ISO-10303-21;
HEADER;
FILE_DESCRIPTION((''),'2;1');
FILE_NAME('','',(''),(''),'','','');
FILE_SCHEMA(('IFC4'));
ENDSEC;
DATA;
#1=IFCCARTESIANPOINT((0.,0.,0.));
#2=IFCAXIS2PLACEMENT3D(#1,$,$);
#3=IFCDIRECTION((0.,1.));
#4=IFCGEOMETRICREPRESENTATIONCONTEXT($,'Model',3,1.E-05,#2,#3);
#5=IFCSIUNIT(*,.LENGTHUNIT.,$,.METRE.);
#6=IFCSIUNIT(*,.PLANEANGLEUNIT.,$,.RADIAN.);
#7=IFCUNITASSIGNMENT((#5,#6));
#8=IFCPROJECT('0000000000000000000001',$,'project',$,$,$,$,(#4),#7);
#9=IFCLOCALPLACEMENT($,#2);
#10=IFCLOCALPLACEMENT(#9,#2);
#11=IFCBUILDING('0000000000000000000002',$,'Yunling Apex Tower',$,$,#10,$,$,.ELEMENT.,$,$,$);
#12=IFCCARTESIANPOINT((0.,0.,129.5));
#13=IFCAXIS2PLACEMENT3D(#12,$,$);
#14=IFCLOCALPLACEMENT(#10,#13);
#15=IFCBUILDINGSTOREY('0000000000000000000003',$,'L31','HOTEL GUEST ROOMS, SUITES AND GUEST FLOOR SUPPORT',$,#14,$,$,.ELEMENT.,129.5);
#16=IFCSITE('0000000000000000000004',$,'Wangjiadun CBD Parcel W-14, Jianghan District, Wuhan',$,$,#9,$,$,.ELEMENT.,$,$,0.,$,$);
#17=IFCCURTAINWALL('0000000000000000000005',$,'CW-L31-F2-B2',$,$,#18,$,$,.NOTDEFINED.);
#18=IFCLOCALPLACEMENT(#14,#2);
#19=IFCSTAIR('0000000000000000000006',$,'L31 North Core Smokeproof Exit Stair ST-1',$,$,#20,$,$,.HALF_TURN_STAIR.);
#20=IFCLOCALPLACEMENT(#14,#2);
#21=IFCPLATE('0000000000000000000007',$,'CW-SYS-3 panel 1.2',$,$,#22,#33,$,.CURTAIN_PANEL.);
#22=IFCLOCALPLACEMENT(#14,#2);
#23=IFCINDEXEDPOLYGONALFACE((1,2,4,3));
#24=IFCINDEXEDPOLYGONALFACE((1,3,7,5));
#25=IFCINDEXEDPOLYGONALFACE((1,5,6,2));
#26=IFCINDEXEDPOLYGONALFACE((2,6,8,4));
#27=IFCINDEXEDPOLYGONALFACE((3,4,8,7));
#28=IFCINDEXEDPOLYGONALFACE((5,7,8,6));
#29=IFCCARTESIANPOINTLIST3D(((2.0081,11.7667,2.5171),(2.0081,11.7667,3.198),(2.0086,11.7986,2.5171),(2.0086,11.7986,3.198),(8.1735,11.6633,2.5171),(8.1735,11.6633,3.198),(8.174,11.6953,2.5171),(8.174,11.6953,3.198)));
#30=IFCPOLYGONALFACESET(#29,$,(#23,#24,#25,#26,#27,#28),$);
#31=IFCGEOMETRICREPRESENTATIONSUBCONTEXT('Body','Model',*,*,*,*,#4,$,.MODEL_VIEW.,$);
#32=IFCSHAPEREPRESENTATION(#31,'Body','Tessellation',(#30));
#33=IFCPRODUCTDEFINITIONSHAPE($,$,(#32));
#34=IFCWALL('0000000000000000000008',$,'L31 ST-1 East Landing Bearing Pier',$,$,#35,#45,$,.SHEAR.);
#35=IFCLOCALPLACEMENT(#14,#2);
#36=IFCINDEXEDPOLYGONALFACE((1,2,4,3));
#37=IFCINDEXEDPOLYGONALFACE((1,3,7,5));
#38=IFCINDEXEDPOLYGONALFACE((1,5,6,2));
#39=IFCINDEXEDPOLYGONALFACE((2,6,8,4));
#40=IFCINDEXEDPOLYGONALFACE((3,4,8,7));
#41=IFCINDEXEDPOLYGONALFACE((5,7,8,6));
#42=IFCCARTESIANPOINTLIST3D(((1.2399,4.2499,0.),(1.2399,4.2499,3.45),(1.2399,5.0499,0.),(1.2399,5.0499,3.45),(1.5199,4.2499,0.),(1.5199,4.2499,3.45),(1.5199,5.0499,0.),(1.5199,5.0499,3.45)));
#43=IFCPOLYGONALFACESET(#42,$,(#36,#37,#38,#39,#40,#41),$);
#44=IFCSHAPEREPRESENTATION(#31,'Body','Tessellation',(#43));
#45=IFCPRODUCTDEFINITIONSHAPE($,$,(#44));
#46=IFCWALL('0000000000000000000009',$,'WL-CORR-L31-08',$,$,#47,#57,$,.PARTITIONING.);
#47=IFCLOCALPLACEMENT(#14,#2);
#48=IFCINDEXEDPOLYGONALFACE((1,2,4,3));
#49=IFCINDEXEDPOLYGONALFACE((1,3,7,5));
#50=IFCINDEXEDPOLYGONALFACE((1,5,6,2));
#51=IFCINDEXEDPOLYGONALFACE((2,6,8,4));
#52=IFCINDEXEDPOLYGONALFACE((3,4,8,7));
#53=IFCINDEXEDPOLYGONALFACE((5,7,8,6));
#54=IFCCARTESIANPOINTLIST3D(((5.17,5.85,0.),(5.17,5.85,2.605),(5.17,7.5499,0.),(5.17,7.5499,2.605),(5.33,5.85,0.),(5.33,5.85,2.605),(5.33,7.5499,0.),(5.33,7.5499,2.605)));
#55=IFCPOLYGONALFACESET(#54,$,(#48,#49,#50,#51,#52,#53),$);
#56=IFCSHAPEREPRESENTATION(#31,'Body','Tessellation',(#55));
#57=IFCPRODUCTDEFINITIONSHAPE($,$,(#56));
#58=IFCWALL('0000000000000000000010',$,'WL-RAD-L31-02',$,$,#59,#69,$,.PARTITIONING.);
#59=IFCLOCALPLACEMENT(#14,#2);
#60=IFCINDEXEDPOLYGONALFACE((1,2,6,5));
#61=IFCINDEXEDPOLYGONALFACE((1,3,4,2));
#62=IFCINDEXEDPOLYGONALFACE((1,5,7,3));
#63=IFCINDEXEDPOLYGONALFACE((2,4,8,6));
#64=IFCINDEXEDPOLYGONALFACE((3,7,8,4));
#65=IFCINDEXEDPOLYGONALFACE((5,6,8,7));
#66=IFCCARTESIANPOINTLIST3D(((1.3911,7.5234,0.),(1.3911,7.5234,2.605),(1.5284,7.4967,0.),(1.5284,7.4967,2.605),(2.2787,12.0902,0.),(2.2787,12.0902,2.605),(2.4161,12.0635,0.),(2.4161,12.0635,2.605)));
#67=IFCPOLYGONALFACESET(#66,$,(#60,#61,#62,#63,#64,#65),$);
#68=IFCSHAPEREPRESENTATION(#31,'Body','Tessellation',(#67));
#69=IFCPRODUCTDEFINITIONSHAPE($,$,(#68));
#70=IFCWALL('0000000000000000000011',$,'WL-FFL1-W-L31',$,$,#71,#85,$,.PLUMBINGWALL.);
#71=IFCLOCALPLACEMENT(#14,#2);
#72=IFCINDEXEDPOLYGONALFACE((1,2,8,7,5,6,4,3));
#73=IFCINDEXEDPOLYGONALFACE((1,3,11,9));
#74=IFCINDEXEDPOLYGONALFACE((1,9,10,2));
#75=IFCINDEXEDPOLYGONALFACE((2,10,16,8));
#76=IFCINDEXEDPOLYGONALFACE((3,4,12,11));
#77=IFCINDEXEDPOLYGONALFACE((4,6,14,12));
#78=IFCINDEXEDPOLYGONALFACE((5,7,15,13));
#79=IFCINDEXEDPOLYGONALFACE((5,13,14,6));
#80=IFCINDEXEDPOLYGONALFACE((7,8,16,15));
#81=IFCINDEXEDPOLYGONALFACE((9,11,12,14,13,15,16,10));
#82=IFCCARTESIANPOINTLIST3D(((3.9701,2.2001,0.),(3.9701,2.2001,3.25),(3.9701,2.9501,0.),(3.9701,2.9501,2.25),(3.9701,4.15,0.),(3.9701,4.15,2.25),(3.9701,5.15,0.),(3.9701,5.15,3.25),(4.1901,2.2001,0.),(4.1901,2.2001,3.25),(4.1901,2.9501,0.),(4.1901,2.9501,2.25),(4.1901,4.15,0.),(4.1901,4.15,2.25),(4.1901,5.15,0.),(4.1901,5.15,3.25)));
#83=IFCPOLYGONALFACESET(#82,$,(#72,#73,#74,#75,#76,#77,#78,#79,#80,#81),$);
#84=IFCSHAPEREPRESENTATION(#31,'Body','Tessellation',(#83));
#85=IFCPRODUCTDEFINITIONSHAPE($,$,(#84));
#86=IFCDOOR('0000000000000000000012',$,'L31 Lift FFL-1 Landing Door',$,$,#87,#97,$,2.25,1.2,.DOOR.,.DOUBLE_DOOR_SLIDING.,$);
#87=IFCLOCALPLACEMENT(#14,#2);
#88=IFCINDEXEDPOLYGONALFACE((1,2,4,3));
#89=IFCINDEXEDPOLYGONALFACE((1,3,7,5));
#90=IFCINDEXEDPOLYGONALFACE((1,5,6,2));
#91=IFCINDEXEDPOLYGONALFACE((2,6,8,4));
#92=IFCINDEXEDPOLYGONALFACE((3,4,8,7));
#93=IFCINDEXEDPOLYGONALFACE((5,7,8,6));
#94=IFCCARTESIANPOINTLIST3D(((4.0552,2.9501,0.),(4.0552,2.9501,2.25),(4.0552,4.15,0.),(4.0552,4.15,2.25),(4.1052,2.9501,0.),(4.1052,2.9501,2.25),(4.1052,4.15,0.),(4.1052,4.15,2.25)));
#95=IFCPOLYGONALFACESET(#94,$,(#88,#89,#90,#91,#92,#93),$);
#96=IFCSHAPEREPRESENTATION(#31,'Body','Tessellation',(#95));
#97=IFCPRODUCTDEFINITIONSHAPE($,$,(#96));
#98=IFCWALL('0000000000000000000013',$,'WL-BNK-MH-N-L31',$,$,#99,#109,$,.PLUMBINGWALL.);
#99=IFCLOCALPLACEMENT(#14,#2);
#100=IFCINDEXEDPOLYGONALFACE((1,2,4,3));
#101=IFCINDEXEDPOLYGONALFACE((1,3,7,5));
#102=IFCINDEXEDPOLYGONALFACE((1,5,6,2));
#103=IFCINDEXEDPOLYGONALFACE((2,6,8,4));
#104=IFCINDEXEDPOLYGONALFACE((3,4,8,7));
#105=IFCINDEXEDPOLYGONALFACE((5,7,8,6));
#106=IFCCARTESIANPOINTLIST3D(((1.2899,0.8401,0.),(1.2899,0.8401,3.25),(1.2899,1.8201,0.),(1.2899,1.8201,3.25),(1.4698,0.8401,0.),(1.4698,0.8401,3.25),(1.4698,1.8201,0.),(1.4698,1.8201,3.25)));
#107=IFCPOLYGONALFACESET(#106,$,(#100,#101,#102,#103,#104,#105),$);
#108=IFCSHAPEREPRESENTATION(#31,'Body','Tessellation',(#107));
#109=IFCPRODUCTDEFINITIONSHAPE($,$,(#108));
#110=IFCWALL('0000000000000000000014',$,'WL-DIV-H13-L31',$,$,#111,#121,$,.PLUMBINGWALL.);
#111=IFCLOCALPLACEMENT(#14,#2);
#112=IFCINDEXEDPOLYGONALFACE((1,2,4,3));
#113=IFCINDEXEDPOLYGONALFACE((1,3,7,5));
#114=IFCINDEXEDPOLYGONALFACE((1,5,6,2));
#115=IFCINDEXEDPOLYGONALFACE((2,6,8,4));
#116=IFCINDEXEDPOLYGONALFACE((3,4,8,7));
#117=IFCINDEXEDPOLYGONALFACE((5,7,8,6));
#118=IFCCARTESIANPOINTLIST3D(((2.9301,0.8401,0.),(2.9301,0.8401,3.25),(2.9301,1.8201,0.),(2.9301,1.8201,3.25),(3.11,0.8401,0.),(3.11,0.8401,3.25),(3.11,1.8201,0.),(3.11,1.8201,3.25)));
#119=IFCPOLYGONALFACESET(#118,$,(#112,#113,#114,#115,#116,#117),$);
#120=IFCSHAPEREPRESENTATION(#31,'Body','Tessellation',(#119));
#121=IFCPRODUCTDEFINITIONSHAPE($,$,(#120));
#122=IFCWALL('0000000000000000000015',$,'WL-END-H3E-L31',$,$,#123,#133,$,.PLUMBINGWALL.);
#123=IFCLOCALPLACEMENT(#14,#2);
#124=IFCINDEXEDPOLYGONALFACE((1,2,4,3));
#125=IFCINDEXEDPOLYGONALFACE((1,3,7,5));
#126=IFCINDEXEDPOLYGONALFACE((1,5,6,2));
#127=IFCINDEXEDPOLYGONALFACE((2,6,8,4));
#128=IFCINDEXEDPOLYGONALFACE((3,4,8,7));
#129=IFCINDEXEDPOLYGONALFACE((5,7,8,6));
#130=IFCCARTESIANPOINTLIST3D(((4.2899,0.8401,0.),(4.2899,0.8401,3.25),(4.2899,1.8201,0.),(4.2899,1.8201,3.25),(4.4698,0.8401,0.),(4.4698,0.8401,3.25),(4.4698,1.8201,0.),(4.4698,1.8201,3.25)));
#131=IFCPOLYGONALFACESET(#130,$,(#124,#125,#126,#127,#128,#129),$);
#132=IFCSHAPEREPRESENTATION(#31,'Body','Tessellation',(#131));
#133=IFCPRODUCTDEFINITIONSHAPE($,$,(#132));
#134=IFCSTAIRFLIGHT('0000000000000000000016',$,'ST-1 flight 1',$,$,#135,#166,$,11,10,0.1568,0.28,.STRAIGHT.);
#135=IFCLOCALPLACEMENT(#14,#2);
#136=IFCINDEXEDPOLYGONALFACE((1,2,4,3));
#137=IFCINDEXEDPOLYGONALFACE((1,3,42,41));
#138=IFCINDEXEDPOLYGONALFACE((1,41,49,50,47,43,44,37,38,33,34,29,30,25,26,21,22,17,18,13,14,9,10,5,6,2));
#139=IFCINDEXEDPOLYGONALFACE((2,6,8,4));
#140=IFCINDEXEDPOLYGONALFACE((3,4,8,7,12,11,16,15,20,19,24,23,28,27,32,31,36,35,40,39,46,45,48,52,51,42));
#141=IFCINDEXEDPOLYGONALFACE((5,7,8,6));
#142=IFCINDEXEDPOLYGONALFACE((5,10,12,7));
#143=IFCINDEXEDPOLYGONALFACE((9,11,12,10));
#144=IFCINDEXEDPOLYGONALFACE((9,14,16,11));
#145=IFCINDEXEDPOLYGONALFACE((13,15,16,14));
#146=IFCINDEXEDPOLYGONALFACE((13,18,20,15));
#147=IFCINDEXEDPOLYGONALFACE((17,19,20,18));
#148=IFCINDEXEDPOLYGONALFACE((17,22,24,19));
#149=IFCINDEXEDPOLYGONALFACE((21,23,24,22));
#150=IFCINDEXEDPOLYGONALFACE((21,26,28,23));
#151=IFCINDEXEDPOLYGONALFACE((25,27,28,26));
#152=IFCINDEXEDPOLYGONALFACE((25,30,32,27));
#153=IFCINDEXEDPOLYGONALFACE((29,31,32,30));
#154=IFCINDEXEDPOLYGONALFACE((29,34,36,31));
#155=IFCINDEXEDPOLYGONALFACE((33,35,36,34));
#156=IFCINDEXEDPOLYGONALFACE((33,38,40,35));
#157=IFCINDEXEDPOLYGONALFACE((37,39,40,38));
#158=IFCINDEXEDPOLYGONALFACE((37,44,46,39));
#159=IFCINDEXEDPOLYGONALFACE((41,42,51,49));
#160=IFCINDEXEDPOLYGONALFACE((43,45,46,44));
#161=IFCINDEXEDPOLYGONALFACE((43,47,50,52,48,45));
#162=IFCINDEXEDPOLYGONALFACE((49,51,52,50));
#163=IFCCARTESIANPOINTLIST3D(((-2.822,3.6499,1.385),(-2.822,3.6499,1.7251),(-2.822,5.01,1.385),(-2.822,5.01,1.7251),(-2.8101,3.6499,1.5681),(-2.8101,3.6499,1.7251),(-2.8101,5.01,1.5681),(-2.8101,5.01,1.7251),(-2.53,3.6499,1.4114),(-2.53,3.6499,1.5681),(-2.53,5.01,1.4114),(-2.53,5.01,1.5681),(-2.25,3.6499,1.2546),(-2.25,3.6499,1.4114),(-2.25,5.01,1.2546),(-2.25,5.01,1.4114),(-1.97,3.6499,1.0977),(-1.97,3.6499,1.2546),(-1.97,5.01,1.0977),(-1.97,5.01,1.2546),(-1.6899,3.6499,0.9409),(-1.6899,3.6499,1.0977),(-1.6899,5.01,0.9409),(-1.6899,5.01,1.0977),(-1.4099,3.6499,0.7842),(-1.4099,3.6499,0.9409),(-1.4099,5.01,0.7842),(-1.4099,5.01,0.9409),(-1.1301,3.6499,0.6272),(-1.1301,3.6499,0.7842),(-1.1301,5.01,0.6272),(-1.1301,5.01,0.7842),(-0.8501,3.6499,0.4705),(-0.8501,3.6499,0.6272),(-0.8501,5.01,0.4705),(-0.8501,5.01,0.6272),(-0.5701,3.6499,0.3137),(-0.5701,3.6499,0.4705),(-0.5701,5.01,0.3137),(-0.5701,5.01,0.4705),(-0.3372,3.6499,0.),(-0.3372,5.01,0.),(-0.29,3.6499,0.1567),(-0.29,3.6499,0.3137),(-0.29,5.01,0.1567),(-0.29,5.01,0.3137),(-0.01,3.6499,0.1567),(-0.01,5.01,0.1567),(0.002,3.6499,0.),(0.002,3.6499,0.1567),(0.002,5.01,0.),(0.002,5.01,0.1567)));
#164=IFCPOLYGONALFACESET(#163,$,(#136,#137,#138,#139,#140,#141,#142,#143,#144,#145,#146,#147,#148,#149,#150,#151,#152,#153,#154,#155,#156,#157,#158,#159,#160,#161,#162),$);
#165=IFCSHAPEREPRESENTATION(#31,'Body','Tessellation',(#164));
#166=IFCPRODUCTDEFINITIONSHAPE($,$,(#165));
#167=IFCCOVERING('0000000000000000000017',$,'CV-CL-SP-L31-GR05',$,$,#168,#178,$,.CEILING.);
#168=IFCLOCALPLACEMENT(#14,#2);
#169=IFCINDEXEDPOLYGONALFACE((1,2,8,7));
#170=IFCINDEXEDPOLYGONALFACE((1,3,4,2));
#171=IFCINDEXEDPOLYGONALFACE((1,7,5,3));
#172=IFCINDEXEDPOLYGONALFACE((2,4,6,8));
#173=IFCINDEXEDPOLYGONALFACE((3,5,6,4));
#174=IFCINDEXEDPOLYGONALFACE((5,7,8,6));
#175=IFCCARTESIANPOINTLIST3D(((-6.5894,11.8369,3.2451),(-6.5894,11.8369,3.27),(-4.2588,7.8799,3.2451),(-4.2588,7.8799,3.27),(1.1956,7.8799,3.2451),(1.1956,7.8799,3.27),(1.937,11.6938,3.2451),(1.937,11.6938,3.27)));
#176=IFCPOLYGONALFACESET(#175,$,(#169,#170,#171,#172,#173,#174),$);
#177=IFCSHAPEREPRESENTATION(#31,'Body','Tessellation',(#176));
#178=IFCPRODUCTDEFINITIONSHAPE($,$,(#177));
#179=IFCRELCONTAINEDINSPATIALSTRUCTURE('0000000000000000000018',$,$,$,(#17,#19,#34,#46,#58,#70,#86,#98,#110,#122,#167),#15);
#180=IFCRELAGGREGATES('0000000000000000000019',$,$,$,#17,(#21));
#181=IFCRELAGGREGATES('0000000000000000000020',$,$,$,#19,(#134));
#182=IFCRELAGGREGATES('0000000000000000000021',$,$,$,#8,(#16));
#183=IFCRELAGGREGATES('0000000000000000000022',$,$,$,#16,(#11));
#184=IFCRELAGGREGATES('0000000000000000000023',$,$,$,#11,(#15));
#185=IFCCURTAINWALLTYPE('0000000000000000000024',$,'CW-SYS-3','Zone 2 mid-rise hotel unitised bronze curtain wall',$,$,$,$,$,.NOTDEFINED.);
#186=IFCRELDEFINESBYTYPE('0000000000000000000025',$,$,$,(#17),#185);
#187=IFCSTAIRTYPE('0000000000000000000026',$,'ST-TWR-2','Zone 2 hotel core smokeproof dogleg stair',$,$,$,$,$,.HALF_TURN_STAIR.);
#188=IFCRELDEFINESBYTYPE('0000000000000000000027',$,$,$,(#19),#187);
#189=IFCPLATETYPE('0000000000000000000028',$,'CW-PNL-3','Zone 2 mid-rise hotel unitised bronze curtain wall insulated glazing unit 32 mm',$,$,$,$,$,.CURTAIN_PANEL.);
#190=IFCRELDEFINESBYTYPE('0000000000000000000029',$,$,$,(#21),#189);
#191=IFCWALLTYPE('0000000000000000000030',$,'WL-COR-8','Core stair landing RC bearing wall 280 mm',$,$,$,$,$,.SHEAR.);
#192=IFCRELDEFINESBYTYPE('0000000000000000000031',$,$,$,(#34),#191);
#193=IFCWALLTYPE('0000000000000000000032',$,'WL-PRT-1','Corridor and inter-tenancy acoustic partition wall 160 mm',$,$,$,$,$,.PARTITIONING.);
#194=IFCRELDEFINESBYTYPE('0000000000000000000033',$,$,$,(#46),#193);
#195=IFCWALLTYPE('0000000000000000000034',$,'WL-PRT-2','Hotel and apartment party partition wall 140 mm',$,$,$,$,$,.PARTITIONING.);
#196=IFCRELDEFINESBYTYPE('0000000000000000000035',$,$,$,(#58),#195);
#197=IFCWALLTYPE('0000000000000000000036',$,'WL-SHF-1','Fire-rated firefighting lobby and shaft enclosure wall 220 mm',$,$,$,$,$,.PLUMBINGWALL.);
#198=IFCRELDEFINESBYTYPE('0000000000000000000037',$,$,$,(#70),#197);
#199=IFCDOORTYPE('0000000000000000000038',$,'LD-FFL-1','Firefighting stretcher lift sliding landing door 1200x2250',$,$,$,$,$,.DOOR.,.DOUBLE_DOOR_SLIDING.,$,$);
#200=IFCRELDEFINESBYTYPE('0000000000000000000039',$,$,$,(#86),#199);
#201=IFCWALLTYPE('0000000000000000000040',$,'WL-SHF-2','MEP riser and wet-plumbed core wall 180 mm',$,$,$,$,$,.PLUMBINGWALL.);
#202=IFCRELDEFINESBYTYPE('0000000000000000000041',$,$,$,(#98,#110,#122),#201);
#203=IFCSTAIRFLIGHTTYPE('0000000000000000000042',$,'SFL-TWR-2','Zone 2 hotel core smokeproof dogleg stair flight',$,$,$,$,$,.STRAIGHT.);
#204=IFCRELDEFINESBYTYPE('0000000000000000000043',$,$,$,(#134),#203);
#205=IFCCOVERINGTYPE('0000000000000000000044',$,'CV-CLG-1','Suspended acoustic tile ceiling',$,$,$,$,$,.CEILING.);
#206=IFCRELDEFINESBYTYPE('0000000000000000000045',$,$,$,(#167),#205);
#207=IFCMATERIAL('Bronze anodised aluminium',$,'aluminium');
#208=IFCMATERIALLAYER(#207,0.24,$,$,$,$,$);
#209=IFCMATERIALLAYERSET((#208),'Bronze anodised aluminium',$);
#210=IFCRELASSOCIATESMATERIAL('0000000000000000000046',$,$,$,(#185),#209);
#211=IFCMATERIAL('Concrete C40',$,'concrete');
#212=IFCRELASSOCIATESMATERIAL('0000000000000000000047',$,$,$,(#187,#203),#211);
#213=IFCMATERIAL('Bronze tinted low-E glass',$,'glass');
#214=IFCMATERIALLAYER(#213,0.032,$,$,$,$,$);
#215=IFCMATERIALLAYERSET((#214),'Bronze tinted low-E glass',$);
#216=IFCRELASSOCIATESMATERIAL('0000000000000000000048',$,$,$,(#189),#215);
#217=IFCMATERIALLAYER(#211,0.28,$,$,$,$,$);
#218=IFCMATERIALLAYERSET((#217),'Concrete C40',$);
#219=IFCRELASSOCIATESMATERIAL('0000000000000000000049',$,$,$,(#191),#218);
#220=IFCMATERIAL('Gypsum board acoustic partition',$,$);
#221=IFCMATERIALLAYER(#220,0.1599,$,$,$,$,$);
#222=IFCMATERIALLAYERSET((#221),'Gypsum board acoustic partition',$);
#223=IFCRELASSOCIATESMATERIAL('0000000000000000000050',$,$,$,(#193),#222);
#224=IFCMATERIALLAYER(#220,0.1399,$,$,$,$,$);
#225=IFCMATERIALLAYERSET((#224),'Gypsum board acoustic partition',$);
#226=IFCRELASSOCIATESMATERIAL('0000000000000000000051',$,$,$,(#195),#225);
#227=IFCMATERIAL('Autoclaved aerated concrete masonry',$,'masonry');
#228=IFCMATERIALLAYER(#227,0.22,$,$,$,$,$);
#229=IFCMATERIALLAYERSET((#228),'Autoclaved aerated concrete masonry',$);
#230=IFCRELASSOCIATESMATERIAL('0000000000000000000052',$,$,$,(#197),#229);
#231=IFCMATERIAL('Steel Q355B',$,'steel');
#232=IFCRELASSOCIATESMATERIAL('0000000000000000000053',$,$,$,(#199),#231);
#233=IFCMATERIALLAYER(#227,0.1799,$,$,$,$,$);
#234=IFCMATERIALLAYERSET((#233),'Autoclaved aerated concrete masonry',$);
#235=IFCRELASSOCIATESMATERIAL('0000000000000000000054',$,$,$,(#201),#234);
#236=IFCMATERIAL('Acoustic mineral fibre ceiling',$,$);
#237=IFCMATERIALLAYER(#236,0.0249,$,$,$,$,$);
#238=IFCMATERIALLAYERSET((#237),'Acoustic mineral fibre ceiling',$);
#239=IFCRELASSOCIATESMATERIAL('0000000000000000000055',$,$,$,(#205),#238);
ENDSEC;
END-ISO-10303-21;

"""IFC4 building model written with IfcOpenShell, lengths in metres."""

from ifc_helpers import new_model, si_unit, direction, frame, frame_2d, origin, origin_2d, place, context, subcontext, project, spatial, polyline, rectangle, outline, extrude, source, transform, mapped, material, layer, layer_set, type_object, element, fill, aggregate, save


model = new_model("IFC4")

# Units and contexts
model_context = context("Model", 3, precision=1e-05, world=origin(), true_north=direction((0.0, 1.0)))
body_context = subcontext(model_context, "Body", "Model", "MODEL_VIEW")
ifc_project = project(units=[si_unit("LENGTHUNIT", "METRE"), si_unit("PLANEANGLEUNIT", "RADIAN")], contexts=[model_context])

# Site, building, storey
site_placement = place(None, origin())
site = spatial("IfcSite", under=ifc_project, at=site_placement, Name="Wangjiadun CBD Parcel W-14, Jianghan District, Wuhan", CompositionType="ELEMENT", RefElevation=0.0)
building_placement = place(site_placement, origin())
building = spatial("IfcBuilding", under=site, at=building_placement, Name="Yunling Apex Tower", CompositionType="ELEMENT")
storey_placement = place(building_placement, frame((0.0, 0.0, 129.5)))
storey = spatial("IfcBuildingStorey", under=building, at=storey_placement, Name="L31", Description="HOTEL GUEST ROOMS, SUITES AND GUEST FLOOR SUPPORT", CompositionType="ELEMENT", Elevation=129.5)

# Shared definitions
ifc_material_1 = material(Name="Steel Q355B", Category="steel")

# Curtain wall
ifc_material_2 = material(Name="Bronze anodised aluminium", Category="aluminium")
ifc_layer_1 = layer(ifc_material_2, 0.24)
ifc_layer_set_1 = layer_set([ifc_layer_1], Name="Bronze anodised aluminium")
curtain_wall_type = type_object("IfcCurtainWallType", Name="CW-SYS-3", Description="Zone 2 mid-rise hotel unitised bronze curtain wall", PredefinedType="NOTDEFINED", material=ifc_layer_set_1)
curtain_wall_1_placement = place(storey_placement, origin())
curtain_wall_1 = element("IfcCurtainWall", 1, at=curtain_wall_1_placement, inside=storey, type_object=curtain_wall_type, Name="CW-L31-F2-B2", PredefinedType="NOTDEFINED")

# Shared definitions
ifc_material_3 = material(Name="Concrete C40", Category="concrete")

# Stair
stair_type = type_object("IfcStairType", Name="ST-TWR-2", Description="Zone 2 hotel core smokeproof dogleg stair", PredefinedType="HALF_TURN_STAIR", material=ifc_material_3)
stair_1_placement = place(storey_placement, origin())
stair_1 = element("IfcStair", 2, at=stair_1_placement, inside=storey, type_object=stair_type, Name="L31 North Core Smokeproof Exit Stair ST-1", PredefinedType="HALF_TURN_STAIR")

# Plate
ifc_material_4 = material(Name="Bronze tinted low-E glass", Category="glass")
ifc_layer_2 = layer(ifc_material_4, 0.032)
ifc_layer_set_2 = layer_set([ifc_layer_2], Name="Bronze tinted low-E glass")
plate_type_1 = type_object("IfcPlateType", Name="CW-PNL-3", Description="Zone 2 mid-rise hotel unitised bronze curtain wall insulated glazing unit 32 mm", PredefinedType="CURTAIN_PANEL", material=ifc_layer_set_2)
shared_shape_1 = source(origin(), body_context, "Body", "SweptSolid", [
    extrude(rectangle(XDim=6.1663, YDim=0.032, at=origin_2d()), origin(), (0.0, 0.0, 1.0), 0.6809),
])
plate_1_placement = place(storey_placement, frame((5.0911, 11.731, 2.5171), z_axis=(0.0, 0.0, 1.0), x_axis=(-0.999859, 0.016767, 0.0)))
plate_1 = element("IfcPlate", 3, at=plate_1_placement, type_object=plate_type_1, Name="CW-SYS-3 panel 1.2", PredefinedType="CURTAIN_PANEL", context=body_context, shape_type="MappedRepresentation", body=[
    mapped(shared_shape_1, transform((0.0, 0.0, 0.0), scale=1.0)),
])
aggregate(curtain_wall_1, [plate_1])

# Walls
ifc_layer_3 = layer(ifc_material_3, 0.28)
ifc_layer_set_3 = layer_set([ifc_layer_3], Name="Concrete C40")
wall_type_1 = type_object("IfcWallType", Name="WL-COR-8", Description="Core stair landing RC bearing wall 280 mm", PredefinedType="SHEAR", material=ifc_layer_set_3)
wall_1_placement = place(storey_placement, frame((1.3799, 4.25, 0.0), z_axis=(0.0, 0.0, 1.0), x_axis=(0.0, 1.0, 0.0)))
element("IfcWall", 4, at=wall_1_placement, inside=storey, type_object=wall_type_1, Name="L31 ST-1 East Landing Bearing Pier", PredefinedType="SHEAR", context=body_context, shape_type="SweptSolid", body=[
    extrude(rectangle(XDim=0.8, YDim=0.28, at=frame_2d((0.3999, 0.0))), origin(), (0.0, 0.0, 1.0), 3.45),
])
ifc_material_5 = material(Name="Gypsum board acoustic partition")
ifc_layer_4 = layer(ifc_material_5, 0.1599)
ifc_layer_set_4 = layer_set([ifc_layer_4], Name="Gypsum board acoustic partition")
wall_type_2 = type_object("IfcWallType", Name="WL-PRT-1", Description="Corridor and inter-tenancy acoustic partition wall 160 mm", PredefinedType="PARTITIONING", material=ifc_layer_set_4)
wall_2_placement = place(storey_placement, frame((5.25, 7.55, 0.0), z_axis=(0.0, 0.0, 1.0), x_axis=(0.0, -1.0, 0.0)))
element("IfcWall", 5, at=wall_2_placement, inside=storey, type_object=wall_type_2, Name="WL-CORR-L31-08", PredefinedType="PARTITIONING", context=body_context, shape_type="SweptSolid", body=[
    extrude(rectangle(XDim=1.7, YDim=0.1599, at=frame_2d((0.8501, 0.0))), origin(), (0.0, 0.0, 1.0), 2.605),
])
ifc_layer_5 = layer(ifc_material_5, 0.1399)
ifc_layer_set_5 = layer_set([ifc_layer_5], Name="Gypsum board acoustic partition")
wall_type_3 = type_object("IfcWallType", Name="WL-PRT-2", Description="Hotel and apartment party partition wall 140 mm", PredefinedType="PARTITIONING", material=ifc_layer_set_5)
wall_3_placement = place(storey_placement, frame((1.4597, 7.51, 0.0), z_axis=(0.0, 0.0, 1.0), x_axis=(0.190805, 0.981628, 0.0)))
element("IfcWall", 6, at=wall_3_placement, inside=storey, type_object=wall_type_3, Name="WL-RAD-L31-02", PredefinedType="PARTITIONING", context=body_context, shape_type="SweptSolid", body=[
    extrude(rectangle(XDim=4.6523, YDim=0.1399, at=frame_2d((2.3262, 0.0))), origin(), (0.0, 0.0, 1.0), 2.605),
])

# Wall, opening, door
ifc_material_6 = material(Name="Autoclaved aerated concrete masonry", Category="masonry")
ifc_layer_6 = layer(ifc_material_6, 0.22)
ifc_layer_set_6 = layer_set([ifc_layer_6], Name="Autoclaved aerated concrete masonry")
wall_type_4 = type_object("IfcWallType", Name="WL-SHF-1", Description="Fire-rated firefighting lobby and shaft enclosure wall 220 mm", PredefinedType="PLUMBINGWALL", material=ifc_layer_set_6)
wall_4_placement = place(storey_placement, frame((4.0801, 2.2, 0.0), z_axis=(0.0, 0.0, 1.0), x_axis=(0.0, 1.0, 0.0)))
wall_4 = element("IfcWall", 7, at=wall_4_placement, inside=storey, type_object=wall_type_4, Name="WL-FFL1-W-L31", PredefinedType="PLUMBINGWALL", context=body_context, shape_type="SweptSolid", body=[
    extrude(rectangle(XDim=2.95, YDim=0.22, at=frame_2d((1.4751, 0.0))), origin(), (0.0, 0.0, 1.0), 3.25),
])
opening_1_placement = place(wall_4_placement, frame((0.75, 0.0, 0.0)))
opening_1 = element("IfcOpeningElement", 8, at=opening_1_placement, cuts=wall_4, PredefinedType="OPENING", context=body_context, shape_type="SweptSolid", body=[
    extrude(rectangle(XDim=1.2, YDim=2.25, at=frame_2d((0.6001, 1.125))), frame((0.0, 0.1201, 0.0), z_axis=(0.0, -1.0, 0.0), x_axis=(1.0, 0.0, 0.0)), (0.0, 0.0, 1.0), 0.24),
])
door_type_1 = type_object("IfcDoorType", Name="LD-FFL-1", Description="Firefighting stretcher lift sliding landing door 1200x2250", OperationType="DOUBLE_DOOR_SLIDING", PredefinedType="DOOR", material=ifc_material_1)
door_1_placement = place(opening_1_placement, origin())
door_1 = element("IfcDoor", 9, at=door_1_placement, inside=storey, type_object=door_type_1, Name="L31 Lift FFL-1 Landing Door", OperationType="DOUBLE_DOOR_SLIDING", OverallHeight=2.25, OverallWidth=1.2, PredefinedType="DOOR", context=body_context, shape_type="SweptSolid", body=[
    extrude(rectangle(XDim=1.2, YDim=2.25, at=frame_2d((0.6001, 1.125))), frame((0.0, 0.0249, 0.0), z_axis=(0.0, -1.0, 0.0), x_axis=(1.0, 0.0, 0.0)), (0.0, 0.0, 1.0), 0.05),
])
fill(opening_1, door_1)

# Walls
ifc_layer_7 = layer(ifc_material_6, 0.1799)
ifc_layer_set_7 = layer_set([ifc_layer_7], Name="Autoclaved aerated concrete masonry")
wall_type_5 = type_object("IfcWallType", Name="WL-SHF-2", Description="MEP riser and wet-plumbed core wall 180 mm", PredefinedType="PLUMBINGWALL", material=ifc_layer_set_7)
for number, where, z_axis, x_axis, name in (
    (10, (1.3799, 0.8401, 0.0), (0.0, 0.0, 1.0), (0.0, 1.0, 0.0), "WL-BNK-MH-N-L31"),
    (11, (3.02, 0.8401, 0.0), (0.0, 0.0, 1.0), (0.0, 1.0, 0.0), "WL-DIV-H13-L31"),
    (12, (4.3799, 0.8401, 0.0), (0.0, 0.0, 1.0), (0.0, 1.0, 0.0), "WL-END-H3E-L31"),
):
    element("IfcWall", number, at=place(storey_placement, frame(where, z_axis=z_axis, x_axis=x_axis)), inside=storey, type_object=wall_type_5, Name=name, PredefinedType="PLUMBINGWALL", context=body_context, shape_type="SweptSolid", body=[
        extrude(rectangle(XDim=0.98, YDim=0.1799, at=frame_2d((0.49, 0.0))), origin(), (0.0, 0.0, 1.0), 3.25),
    ])

# Stair flight
stair_flight_type = type_object("IfcStairFlightType", Name="SFL-TWR-2", Description="Zone 2 hotel core smokeproof dogleg stair flight", PredefinedType="STRAIGHT", material=ifc_material_3)
stair_flight_placement = place(storey_placement, frame((-0.01, 4.3301, 0.0), z_axis=(0.0, 0.0, 1.0), x_axis=(-1.0, 0.0, 0.0)))
stair_flight = element("IfcStairFlight", 13, at=stair_flight_placement, type_object=stair_flight_type, Name="ST-1 flight 1", NumberOfRisers=11, NumberOfTreads=10, PredefinedType="STRAIGHT", RiserHeight=0.1568, TreadLength=0.28, context=body_context, shape_type="SweptSolid", body=[
    extrude(outline(polyline([(-0.012, 0.0), (-0.012, 0.1567), (0.0, 0.1567), (0.28, 0.1567), (0.28, 0.3137), (0.5601, 0.3137), (0.5601, 0.4705), (0.8401, 0.4705), (0.8401, 0.6272), (1.1201, 0.6272), (1.1201, 0.7842), (1.3999, 0.7842), (1.3999, 0.9409), (1.6799, 0.9409), (1.6799, 1.0977), (1.96, 1.0977), (1.96, 1.2546), (2.24, 1.2546), (2.24, 1.4114), (2.52, 1.4114), (2.52, 1.5681), (2.8, 1.5681), (2.8, 1.7251), (2.812, 1.7251), (2.812, 1.385), (0.3271, 0.0), (-0.012, 0.0)])), frame((0.0, 0.6802, 0.0), z_axis=(0.0, -1.0, 0.0), x_axis=(1.0, 0.0, 0.0)), (0.0, 0.0, 1.0), 1.3601),
])
aggregate(stair_1, [stair_flight])

# Covering
ifc_material_7 = material(Name="Acoustic mineral fibre ceiling")
ifc_layer_8 = layer(ifc_material_7, 0.0249)
ifc_layer_set_8 = layer_set([ifc_layer_8], Name="Acoustic mineral fibre ceiling")
covering_type_1 = type_object("IfcCoveringType", Name="CV-CLG-1", Description="Suspended acoustic tile ceiling", PredefinedType="CEILING", material=ifc_layer_set_8)
covering_1_placement = place(storey_placement, frame((0.0, 0.0, 3.2451)))
element("IfcCovering", 14, at=covering_1_placement, inside=storey, type_object=covering_type_1, Name="CV-CL-SP-L31-GR05", PredefinedType="CEILING", context=body_context, shape_type="SweptSolid", body=[
    extrude(outline(polyline([(1.937, 11.6938), (1.1956, 7.8799), (-4.2588, 7.8799), (-6.5894, 11.8369), (1.937, 11.6938)])), origin(), (0.0, 0.0, 1.0), 0.0249),
])

save(model, "model.ifc")
